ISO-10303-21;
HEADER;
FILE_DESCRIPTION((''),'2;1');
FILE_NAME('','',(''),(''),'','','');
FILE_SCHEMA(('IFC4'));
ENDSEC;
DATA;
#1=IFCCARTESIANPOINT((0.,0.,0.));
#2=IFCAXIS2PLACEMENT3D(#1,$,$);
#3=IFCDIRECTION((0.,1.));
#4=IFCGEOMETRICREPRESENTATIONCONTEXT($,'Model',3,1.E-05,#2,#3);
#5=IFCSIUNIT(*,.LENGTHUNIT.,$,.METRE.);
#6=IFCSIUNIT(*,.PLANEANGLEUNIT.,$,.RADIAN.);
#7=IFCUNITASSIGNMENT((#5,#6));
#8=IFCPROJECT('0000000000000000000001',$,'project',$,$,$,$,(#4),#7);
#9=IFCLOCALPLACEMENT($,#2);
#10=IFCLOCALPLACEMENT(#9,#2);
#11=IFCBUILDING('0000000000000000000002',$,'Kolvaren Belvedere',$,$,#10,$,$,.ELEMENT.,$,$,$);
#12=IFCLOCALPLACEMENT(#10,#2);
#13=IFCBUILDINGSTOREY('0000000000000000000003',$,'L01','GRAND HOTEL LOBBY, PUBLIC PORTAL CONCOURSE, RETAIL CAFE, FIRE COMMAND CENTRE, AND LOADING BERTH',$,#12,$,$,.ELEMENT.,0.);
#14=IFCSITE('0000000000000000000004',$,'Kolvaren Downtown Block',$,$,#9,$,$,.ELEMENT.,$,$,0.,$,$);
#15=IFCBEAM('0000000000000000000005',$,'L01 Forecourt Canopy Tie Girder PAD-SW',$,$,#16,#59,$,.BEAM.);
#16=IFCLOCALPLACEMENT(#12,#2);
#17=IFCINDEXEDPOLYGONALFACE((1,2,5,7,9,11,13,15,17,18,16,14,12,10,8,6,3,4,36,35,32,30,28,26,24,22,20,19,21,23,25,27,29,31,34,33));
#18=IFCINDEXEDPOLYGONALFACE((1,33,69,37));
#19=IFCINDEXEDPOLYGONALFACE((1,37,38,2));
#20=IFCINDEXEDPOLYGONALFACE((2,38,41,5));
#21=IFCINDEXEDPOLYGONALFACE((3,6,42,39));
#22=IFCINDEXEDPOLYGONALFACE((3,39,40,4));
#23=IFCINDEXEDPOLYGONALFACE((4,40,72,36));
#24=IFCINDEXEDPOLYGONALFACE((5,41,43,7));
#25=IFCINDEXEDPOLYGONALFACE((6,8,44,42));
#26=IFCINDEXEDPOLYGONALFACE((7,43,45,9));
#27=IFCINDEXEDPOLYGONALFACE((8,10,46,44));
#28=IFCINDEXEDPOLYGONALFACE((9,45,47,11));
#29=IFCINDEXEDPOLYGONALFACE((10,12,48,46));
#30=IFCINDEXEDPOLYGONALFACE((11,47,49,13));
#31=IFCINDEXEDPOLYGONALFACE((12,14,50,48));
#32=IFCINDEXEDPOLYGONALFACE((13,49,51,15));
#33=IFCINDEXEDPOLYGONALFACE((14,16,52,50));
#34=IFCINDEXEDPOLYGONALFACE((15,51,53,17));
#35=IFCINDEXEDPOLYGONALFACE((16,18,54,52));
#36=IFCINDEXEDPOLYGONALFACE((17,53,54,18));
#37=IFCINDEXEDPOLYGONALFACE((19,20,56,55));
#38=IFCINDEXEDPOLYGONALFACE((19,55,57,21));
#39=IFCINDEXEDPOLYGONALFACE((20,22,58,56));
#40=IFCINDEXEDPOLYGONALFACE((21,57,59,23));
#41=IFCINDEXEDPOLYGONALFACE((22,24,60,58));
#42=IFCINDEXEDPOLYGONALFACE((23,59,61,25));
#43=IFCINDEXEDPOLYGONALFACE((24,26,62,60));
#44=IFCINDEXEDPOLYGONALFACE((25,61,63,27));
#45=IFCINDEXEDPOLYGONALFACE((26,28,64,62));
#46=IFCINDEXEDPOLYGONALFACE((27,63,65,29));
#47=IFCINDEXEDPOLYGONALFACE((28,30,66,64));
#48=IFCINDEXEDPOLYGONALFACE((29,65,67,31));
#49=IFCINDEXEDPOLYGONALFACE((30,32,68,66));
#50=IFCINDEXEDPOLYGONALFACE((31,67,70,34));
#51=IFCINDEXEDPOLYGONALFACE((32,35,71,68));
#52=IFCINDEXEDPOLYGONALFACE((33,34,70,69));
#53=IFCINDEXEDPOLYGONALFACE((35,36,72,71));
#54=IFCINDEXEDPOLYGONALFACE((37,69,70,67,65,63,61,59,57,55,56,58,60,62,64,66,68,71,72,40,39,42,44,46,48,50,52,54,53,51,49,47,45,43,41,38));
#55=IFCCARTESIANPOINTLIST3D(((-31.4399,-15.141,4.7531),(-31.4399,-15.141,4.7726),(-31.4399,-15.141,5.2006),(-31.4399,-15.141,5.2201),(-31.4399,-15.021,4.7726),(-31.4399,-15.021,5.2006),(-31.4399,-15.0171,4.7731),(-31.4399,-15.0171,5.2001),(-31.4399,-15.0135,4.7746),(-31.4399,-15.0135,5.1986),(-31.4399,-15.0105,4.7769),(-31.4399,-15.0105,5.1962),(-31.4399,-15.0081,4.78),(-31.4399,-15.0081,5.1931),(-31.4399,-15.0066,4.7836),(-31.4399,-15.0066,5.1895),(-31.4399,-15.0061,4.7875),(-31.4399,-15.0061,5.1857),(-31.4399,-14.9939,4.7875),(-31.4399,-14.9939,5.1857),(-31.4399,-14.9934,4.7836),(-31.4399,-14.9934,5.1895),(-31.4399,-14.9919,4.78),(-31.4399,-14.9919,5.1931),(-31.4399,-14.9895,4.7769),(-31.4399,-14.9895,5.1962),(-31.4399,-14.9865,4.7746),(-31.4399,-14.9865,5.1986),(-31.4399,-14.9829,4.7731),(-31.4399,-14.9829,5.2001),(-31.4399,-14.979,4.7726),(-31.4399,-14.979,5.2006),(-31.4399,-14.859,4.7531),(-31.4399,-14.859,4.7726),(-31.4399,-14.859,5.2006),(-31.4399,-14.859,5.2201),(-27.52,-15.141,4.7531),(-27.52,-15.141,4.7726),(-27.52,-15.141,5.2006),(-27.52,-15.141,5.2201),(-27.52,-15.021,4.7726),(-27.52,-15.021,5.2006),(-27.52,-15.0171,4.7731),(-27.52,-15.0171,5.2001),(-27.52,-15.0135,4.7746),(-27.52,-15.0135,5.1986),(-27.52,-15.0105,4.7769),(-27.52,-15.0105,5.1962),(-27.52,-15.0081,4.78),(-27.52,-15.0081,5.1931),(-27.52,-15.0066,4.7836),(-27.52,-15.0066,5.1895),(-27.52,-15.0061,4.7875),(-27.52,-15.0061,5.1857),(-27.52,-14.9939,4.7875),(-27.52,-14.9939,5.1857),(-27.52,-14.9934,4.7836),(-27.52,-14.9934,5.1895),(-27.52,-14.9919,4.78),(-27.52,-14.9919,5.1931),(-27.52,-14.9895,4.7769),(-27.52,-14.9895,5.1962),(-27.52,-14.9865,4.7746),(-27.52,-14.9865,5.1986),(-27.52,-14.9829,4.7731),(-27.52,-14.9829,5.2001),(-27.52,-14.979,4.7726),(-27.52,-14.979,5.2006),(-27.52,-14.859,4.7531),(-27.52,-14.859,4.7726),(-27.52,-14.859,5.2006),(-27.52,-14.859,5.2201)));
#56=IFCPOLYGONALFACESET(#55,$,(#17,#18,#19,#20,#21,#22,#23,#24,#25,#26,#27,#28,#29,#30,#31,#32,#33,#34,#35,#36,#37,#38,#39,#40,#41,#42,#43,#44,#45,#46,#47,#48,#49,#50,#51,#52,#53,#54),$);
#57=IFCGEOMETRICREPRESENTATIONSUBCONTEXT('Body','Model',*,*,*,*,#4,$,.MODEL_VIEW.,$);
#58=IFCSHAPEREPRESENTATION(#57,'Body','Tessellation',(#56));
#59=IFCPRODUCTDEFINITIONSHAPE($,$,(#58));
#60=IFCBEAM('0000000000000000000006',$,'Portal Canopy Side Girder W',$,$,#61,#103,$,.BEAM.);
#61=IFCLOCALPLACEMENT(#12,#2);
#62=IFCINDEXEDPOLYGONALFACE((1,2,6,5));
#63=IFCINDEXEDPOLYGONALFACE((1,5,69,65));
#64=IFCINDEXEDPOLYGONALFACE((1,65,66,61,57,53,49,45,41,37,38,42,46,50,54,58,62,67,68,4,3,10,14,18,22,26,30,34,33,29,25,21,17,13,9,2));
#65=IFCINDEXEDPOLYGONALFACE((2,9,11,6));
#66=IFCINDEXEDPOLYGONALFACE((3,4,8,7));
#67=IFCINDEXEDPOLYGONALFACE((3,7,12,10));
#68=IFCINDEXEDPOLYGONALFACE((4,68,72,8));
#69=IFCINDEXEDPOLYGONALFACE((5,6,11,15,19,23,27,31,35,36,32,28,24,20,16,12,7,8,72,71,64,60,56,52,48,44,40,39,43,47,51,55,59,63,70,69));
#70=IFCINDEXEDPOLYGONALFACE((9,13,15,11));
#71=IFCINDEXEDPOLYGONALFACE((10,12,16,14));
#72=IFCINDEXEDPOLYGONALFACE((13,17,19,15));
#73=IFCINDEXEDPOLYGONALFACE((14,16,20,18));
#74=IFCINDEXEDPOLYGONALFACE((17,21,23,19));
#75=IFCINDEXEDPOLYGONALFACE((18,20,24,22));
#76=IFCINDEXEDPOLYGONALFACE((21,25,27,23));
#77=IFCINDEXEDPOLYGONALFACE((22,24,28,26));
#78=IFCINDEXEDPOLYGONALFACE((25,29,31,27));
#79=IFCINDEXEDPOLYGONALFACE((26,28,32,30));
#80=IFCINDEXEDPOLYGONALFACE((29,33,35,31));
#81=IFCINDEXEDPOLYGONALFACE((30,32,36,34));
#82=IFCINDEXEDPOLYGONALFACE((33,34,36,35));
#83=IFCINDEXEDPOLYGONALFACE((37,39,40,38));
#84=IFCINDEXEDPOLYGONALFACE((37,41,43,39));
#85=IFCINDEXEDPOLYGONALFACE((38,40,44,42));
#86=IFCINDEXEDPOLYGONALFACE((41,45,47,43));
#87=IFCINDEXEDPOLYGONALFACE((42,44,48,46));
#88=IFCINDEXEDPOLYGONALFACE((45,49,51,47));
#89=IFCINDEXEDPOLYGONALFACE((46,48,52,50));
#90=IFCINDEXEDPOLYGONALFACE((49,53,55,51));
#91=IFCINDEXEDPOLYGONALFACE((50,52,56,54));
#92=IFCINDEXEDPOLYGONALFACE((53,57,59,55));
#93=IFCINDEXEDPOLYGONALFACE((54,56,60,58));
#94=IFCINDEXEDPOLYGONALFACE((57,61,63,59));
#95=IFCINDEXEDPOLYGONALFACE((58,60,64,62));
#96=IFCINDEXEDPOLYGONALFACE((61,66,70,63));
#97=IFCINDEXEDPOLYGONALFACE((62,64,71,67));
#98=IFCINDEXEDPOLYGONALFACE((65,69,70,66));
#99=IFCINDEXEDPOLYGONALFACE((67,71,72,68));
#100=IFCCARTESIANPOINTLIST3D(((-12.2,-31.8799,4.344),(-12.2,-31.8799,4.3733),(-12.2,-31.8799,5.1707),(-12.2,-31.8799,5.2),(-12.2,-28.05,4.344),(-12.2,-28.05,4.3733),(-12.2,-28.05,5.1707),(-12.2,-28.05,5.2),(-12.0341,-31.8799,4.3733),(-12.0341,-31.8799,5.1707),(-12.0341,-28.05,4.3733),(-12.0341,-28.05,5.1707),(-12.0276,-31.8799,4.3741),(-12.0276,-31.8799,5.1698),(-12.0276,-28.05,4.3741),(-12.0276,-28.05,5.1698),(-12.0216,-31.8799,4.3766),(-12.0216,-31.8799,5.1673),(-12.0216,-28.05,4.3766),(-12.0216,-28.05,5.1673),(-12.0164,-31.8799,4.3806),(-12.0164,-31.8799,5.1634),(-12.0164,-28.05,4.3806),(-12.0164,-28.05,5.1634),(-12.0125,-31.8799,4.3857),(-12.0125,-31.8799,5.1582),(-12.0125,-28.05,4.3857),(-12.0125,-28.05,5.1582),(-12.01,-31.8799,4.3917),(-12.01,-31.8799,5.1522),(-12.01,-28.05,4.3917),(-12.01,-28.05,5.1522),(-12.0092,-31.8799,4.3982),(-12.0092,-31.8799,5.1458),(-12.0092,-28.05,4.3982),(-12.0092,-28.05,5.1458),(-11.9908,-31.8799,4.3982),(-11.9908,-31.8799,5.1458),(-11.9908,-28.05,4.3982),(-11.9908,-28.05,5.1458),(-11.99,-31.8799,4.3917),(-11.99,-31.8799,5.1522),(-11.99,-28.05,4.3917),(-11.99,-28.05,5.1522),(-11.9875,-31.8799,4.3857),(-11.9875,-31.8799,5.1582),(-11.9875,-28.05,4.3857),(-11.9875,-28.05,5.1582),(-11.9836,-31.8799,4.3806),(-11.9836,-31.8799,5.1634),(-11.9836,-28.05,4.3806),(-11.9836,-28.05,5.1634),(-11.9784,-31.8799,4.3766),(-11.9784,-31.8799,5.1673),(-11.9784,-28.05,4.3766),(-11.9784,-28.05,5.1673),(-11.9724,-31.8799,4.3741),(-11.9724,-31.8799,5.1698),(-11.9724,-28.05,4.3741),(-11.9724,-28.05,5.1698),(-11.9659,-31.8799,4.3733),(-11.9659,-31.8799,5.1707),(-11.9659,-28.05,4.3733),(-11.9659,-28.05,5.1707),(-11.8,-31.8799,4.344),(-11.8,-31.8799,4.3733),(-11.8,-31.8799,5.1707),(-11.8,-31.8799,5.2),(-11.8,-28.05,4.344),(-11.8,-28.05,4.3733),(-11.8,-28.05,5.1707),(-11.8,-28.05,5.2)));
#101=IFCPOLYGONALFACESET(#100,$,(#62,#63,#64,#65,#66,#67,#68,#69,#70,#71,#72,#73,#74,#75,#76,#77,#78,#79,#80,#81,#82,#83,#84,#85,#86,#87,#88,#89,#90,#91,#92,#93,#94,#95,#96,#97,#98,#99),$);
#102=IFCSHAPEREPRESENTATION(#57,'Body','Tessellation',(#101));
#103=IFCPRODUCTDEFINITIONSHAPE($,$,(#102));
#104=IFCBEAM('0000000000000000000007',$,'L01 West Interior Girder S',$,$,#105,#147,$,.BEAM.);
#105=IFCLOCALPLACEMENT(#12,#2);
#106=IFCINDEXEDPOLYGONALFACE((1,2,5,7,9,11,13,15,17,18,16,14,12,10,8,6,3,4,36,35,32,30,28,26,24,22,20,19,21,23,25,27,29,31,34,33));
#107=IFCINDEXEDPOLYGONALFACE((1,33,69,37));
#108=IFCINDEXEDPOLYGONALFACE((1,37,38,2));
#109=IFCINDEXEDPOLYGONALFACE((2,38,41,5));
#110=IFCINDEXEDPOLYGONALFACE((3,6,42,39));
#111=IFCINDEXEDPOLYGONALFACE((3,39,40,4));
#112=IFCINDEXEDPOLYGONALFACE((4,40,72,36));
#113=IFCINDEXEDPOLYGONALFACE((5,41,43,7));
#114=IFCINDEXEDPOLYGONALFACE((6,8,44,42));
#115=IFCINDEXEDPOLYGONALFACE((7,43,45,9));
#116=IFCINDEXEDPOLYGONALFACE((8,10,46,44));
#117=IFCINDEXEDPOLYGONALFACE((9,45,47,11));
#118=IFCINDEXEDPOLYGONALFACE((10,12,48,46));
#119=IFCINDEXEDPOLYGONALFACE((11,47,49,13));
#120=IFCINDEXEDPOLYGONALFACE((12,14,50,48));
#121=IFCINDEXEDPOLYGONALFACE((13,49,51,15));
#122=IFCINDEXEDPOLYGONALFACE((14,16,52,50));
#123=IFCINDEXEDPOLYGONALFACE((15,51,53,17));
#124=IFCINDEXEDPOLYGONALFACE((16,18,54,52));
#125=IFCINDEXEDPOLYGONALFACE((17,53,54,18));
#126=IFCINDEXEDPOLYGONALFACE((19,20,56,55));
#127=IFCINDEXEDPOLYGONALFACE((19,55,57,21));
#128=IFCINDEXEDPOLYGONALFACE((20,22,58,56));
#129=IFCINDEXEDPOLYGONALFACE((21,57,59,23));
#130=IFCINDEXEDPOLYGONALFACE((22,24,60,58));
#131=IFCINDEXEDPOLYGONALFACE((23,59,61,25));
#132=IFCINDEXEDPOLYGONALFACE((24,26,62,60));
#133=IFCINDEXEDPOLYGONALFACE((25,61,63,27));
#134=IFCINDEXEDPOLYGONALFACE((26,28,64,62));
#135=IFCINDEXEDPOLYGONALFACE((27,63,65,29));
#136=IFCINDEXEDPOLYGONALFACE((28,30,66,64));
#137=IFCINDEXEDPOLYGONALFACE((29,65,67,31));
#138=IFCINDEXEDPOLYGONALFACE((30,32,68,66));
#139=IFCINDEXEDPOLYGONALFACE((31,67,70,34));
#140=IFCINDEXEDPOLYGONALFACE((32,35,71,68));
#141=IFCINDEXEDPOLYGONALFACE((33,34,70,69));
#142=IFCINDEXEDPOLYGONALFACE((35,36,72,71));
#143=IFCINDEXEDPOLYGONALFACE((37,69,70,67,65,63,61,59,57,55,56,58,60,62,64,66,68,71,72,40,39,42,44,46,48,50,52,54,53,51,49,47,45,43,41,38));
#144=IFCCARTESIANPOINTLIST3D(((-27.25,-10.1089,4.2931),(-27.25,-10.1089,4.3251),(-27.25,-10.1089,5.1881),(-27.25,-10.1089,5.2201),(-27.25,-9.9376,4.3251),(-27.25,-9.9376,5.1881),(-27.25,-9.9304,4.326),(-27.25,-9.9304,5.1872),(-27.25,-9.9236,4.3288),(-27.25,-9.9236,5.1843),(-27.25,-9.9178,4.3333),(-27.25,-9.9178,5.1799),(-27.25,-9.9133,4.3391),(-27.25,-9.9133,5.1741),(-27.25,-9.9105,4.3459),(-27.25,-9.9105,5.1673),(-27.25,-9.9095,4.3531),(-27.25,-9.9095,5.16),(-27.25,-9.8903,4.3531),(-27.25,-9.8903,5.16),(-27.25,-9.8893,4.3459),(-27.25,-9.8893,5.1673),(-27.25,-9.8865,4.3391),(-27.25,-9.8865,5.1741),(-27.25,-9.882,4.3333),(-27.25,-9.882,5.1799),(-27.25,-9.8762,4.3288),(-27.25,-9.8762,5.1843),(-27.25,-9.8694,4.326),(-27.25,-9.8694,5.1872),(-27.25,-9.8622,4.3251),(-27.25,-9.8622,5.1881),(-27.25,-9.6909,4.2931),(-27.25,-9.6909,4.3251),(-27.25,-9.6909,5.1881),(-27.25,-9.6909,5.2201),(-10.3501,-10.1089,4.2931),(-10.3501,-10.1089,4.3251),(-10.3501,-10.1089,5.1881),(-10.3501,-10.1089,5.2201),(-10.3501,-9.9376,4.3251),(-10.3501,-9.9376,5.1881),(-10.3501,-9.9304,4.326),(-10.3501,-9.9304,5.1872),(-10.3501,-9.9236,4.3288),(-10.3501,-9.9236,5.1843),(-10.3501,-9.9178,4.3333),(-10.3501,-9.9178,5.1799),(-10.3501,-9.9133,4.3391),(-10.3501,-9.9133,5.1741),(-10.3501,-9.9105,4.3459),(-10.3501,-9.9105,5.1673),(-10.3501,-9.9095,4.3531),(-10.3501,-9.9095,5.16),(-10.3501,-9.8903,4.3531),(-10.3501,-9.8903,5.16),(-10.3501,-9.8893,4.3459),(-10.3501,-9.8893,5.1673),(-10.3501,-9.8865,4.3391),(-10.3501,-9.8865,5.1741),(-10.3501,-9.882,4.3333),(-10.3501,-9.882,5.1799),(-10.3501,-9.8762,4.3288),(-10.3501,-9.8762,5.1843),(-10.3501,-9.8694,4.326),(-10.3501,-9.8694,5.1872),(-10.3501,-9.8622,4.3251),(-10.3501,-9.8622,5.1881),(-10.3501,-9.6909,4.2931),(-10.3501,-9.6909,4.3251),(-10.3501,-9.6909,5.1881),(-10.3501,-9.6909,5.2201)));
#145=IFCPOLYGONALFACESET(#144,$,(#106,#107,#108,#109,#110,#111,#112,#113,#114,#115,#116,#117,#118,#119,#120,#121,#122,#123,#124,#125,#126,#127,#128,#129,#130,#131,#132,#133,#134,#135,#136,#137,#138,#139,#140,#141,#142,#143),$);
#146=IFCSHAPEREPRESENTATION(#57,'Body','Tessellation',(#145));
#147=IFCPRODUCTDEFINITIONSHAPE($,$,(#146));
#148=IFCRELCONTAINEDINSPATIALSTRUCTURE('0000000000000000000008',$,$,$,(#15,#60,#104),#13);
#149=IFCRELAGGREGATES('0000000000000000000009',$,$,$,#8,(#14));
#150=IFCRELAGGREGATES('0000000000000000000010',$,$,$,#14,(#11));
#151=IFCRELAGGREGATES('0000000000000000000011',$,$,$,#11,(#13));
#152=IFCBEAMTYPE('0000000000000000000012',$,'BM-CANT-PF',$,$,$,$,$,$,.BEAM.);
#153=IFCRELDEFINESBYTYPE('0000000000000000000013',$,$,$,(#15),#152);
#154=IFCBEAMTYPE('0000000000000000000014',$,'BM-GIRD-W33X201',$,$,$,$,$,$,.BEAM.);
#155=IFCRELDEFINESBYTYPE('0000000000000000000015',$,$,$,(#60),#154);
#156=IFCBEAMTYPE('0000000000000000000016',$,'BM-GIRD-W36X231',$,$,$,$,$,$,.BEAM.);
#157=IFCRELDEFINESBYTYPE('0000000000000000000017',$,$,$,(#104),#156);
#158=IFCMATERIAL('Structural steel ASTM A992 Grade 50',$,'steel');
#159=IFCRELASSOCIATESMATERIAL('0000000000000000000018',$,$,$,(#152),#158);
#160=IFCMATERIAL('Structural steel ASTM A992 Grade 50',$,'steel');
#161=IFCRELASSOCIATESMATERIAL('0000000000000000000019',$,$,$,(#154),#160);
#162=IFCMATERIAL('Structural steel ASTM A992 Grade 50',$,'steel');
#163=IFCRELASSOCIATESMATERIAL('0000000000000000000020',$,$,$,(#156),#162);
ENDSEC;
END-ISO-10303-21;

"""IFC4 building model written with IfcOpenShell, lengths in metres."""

from ifc_helpers import new_model, si_unit, direction, frame, origin, origin_2d, place, context, subcontext, project, spatial, i_section, extrude, material, material_profile, profile_set, type_object, element, save


model = new_model("IFC4")

# Units and contexts
model_context = context("Model", 3, precision=1e-05, world=origin(), true_north=direction((0.0, 1.0)))
body_context = subcontext(model_context, "Body", "Model", "MODEL_VIEW")
ifc_project = project(units=[si_unit("LENGTHUNIT", "METRE"), si_unit("PLANEANGLEUNIT", "RADIAN")], contexts=[model_context])

# Site, building, storey
site_placement = place(None, origin())
site = spatial("IfcSite", under=ifc_project, at=site_placement, Name="Kolvaren Downtown Block", CompositionType="ELEMENT", RefElevation=0.0)
building_placement = place(site_placement, origin())
building = spatial("IfcBuilding", under=site, at=building_placement, Name="Kolvaren Belvedere", CompositionType="ELEMENT")
storey_placement = place(building_placement, origin())
storey = spatial("IfcBuildingStorey", under=building, at=storey_placement, Name="L01", Description="GRAND HOTEL LOBBY, PUBLIC PORTAL CONCOURSE, RETAIL CAFE, FIRE COMMAND CENTRE, AND LOADING BERTH", CompositionType="ELEMENT", Elevation=0.0)

# Beams
ifc_material_1 = material(Name="Structural steel ASTM A992 Grade 50", Category="steel")
ifc_material_profile_1 = material_profile(ifc_material_1, i_section(OverallWidth=0.282, OverallDepth=0.467, WebThickness=0.0122, FlangeThickness=0.0195, FilletRadius=0.0149, at=origin_2d()), Name="W18X86")
ifc_profile_set_1 = profile_set([ifc_material_profile_1], Name="Structural steel ASTM A992 Grade 50")
beam_type_1 = type_object("IfcBeamType", Name="BM-CANT-PF", PredefinedType="BEAM", material=ifc_profile_set_1)
beam_1_placement = place(storey_placement, frame((-31.4399, -15.0, 4.9866), z_axis=(1.0, 0.0, 0.0), x_axis=(0.0, 1.0, 0.0)))
element("IfcBeam", 1, at=beam_1_placement, inside=storey, type_object=beam_type_1, Name="L01 Forecourt Canopy Tie Girder PAD-SW", PredefinedType="BEAM", context=body_context, shape_type="SweptSolid", body=[
    extrude(i_section(OverallWidth=0.282, OverallDepth=0.467, WebThickness=0.0122, FlangeThickness=0.0195, FilletRadius=0.0149, at=origin_2d()), origin(), (0.0, 0.0, 1.0), 3.9199),
])
ifc_material_2 = material(Name="Structural steel ASTM A992 Grade 50", Category="steel")
ifc_material_profile_2 = material_profile(ifc_material_2, i_section(OverallWidth=0.3999, OverallDepth=0.856, WebThickness=0.0183, FlangeThickness=0.0293, FilletRadius=0.0249, at=origin_2d()), Name="W33X201")
ifc_profile_set_2 = profile_set([ifc_material_profile_2], Name="Structural steel ASTM A992 Grade 50")
beam_type_2 = type_object("IfcBeamType", Name="BM-GIRD-W33X201", PredefinedType="BEAM", material=ifc_profile_set_2)
beam_2_placement = place(storey_placement, frame((-12.0, -28.05, 4.772), z_axis=(0.0, -1.0, 0.0), x_axis=(1.0, 0.0, 0.0)))
element("IfcBeam", 2, at=beam_2_placement, inside=storey, type_object=beam_type_2, Name="Portal Canopy Side Girder W", PredefinedType="BEAM", context=body_context, shape_type="SweptSolid", body=[
    extrude(i_section(OverallWidth=0.3999, OverallDepth=0.856, WebThickness=0.0183, FlangeThickness=0.0293, FilletRadius=0.0249, at=origin_2d()), origin(), (0.0, 0.0, 1.0), 3.8298),
])
ifc_material_3 = material(Name="Structural steel ASTM A992 Grade 50", Category="steel")
ifc_material_profile_3 = material_profile(ifc_material_3, i_section(OverallWidth=0.418, OverallDepth=0.927, WebThickness=0.0193, FlangeThickness=0.032, FilletRadius=0.0281, at=origin_2d()), Name="W36X231")
ifc_profile_set_3 = profile_set([ifc_material_profile_3], Name="Structural steel ASTM A992 Grade 50")
beam_type_3 = type_object("IfcBeamType", Name="BM-GIRD-W36X231", PredefinedType="BEAM", material=ifc_profile_set_3)
beam_3_placement = place(storey_placement, frame((-27.25, -9.8999, 4.7566), z_axis=(1.0, 0.0, 0.0), x_axis=(0.0, 1.0, 0.0)))
element("IfcBeam", 3, at=beam_3_placement, inside=storey, type_object=beam_type_3, Name="L01 West Interior Girder S", PredefinedType="BEAM", context=body_context, shape_type="SweptSolid", body=[
    extrude(i_section(OverallWidth=0.418, OverallDepth=0.927, WebThickness=0.0193, FlangeThickness=0.032, FilletRadius=0.0281, at=origin_2d()), origin(), (0.0, 0.0, 1.0), 16.8999),
])

save(model, "model.ifc")
